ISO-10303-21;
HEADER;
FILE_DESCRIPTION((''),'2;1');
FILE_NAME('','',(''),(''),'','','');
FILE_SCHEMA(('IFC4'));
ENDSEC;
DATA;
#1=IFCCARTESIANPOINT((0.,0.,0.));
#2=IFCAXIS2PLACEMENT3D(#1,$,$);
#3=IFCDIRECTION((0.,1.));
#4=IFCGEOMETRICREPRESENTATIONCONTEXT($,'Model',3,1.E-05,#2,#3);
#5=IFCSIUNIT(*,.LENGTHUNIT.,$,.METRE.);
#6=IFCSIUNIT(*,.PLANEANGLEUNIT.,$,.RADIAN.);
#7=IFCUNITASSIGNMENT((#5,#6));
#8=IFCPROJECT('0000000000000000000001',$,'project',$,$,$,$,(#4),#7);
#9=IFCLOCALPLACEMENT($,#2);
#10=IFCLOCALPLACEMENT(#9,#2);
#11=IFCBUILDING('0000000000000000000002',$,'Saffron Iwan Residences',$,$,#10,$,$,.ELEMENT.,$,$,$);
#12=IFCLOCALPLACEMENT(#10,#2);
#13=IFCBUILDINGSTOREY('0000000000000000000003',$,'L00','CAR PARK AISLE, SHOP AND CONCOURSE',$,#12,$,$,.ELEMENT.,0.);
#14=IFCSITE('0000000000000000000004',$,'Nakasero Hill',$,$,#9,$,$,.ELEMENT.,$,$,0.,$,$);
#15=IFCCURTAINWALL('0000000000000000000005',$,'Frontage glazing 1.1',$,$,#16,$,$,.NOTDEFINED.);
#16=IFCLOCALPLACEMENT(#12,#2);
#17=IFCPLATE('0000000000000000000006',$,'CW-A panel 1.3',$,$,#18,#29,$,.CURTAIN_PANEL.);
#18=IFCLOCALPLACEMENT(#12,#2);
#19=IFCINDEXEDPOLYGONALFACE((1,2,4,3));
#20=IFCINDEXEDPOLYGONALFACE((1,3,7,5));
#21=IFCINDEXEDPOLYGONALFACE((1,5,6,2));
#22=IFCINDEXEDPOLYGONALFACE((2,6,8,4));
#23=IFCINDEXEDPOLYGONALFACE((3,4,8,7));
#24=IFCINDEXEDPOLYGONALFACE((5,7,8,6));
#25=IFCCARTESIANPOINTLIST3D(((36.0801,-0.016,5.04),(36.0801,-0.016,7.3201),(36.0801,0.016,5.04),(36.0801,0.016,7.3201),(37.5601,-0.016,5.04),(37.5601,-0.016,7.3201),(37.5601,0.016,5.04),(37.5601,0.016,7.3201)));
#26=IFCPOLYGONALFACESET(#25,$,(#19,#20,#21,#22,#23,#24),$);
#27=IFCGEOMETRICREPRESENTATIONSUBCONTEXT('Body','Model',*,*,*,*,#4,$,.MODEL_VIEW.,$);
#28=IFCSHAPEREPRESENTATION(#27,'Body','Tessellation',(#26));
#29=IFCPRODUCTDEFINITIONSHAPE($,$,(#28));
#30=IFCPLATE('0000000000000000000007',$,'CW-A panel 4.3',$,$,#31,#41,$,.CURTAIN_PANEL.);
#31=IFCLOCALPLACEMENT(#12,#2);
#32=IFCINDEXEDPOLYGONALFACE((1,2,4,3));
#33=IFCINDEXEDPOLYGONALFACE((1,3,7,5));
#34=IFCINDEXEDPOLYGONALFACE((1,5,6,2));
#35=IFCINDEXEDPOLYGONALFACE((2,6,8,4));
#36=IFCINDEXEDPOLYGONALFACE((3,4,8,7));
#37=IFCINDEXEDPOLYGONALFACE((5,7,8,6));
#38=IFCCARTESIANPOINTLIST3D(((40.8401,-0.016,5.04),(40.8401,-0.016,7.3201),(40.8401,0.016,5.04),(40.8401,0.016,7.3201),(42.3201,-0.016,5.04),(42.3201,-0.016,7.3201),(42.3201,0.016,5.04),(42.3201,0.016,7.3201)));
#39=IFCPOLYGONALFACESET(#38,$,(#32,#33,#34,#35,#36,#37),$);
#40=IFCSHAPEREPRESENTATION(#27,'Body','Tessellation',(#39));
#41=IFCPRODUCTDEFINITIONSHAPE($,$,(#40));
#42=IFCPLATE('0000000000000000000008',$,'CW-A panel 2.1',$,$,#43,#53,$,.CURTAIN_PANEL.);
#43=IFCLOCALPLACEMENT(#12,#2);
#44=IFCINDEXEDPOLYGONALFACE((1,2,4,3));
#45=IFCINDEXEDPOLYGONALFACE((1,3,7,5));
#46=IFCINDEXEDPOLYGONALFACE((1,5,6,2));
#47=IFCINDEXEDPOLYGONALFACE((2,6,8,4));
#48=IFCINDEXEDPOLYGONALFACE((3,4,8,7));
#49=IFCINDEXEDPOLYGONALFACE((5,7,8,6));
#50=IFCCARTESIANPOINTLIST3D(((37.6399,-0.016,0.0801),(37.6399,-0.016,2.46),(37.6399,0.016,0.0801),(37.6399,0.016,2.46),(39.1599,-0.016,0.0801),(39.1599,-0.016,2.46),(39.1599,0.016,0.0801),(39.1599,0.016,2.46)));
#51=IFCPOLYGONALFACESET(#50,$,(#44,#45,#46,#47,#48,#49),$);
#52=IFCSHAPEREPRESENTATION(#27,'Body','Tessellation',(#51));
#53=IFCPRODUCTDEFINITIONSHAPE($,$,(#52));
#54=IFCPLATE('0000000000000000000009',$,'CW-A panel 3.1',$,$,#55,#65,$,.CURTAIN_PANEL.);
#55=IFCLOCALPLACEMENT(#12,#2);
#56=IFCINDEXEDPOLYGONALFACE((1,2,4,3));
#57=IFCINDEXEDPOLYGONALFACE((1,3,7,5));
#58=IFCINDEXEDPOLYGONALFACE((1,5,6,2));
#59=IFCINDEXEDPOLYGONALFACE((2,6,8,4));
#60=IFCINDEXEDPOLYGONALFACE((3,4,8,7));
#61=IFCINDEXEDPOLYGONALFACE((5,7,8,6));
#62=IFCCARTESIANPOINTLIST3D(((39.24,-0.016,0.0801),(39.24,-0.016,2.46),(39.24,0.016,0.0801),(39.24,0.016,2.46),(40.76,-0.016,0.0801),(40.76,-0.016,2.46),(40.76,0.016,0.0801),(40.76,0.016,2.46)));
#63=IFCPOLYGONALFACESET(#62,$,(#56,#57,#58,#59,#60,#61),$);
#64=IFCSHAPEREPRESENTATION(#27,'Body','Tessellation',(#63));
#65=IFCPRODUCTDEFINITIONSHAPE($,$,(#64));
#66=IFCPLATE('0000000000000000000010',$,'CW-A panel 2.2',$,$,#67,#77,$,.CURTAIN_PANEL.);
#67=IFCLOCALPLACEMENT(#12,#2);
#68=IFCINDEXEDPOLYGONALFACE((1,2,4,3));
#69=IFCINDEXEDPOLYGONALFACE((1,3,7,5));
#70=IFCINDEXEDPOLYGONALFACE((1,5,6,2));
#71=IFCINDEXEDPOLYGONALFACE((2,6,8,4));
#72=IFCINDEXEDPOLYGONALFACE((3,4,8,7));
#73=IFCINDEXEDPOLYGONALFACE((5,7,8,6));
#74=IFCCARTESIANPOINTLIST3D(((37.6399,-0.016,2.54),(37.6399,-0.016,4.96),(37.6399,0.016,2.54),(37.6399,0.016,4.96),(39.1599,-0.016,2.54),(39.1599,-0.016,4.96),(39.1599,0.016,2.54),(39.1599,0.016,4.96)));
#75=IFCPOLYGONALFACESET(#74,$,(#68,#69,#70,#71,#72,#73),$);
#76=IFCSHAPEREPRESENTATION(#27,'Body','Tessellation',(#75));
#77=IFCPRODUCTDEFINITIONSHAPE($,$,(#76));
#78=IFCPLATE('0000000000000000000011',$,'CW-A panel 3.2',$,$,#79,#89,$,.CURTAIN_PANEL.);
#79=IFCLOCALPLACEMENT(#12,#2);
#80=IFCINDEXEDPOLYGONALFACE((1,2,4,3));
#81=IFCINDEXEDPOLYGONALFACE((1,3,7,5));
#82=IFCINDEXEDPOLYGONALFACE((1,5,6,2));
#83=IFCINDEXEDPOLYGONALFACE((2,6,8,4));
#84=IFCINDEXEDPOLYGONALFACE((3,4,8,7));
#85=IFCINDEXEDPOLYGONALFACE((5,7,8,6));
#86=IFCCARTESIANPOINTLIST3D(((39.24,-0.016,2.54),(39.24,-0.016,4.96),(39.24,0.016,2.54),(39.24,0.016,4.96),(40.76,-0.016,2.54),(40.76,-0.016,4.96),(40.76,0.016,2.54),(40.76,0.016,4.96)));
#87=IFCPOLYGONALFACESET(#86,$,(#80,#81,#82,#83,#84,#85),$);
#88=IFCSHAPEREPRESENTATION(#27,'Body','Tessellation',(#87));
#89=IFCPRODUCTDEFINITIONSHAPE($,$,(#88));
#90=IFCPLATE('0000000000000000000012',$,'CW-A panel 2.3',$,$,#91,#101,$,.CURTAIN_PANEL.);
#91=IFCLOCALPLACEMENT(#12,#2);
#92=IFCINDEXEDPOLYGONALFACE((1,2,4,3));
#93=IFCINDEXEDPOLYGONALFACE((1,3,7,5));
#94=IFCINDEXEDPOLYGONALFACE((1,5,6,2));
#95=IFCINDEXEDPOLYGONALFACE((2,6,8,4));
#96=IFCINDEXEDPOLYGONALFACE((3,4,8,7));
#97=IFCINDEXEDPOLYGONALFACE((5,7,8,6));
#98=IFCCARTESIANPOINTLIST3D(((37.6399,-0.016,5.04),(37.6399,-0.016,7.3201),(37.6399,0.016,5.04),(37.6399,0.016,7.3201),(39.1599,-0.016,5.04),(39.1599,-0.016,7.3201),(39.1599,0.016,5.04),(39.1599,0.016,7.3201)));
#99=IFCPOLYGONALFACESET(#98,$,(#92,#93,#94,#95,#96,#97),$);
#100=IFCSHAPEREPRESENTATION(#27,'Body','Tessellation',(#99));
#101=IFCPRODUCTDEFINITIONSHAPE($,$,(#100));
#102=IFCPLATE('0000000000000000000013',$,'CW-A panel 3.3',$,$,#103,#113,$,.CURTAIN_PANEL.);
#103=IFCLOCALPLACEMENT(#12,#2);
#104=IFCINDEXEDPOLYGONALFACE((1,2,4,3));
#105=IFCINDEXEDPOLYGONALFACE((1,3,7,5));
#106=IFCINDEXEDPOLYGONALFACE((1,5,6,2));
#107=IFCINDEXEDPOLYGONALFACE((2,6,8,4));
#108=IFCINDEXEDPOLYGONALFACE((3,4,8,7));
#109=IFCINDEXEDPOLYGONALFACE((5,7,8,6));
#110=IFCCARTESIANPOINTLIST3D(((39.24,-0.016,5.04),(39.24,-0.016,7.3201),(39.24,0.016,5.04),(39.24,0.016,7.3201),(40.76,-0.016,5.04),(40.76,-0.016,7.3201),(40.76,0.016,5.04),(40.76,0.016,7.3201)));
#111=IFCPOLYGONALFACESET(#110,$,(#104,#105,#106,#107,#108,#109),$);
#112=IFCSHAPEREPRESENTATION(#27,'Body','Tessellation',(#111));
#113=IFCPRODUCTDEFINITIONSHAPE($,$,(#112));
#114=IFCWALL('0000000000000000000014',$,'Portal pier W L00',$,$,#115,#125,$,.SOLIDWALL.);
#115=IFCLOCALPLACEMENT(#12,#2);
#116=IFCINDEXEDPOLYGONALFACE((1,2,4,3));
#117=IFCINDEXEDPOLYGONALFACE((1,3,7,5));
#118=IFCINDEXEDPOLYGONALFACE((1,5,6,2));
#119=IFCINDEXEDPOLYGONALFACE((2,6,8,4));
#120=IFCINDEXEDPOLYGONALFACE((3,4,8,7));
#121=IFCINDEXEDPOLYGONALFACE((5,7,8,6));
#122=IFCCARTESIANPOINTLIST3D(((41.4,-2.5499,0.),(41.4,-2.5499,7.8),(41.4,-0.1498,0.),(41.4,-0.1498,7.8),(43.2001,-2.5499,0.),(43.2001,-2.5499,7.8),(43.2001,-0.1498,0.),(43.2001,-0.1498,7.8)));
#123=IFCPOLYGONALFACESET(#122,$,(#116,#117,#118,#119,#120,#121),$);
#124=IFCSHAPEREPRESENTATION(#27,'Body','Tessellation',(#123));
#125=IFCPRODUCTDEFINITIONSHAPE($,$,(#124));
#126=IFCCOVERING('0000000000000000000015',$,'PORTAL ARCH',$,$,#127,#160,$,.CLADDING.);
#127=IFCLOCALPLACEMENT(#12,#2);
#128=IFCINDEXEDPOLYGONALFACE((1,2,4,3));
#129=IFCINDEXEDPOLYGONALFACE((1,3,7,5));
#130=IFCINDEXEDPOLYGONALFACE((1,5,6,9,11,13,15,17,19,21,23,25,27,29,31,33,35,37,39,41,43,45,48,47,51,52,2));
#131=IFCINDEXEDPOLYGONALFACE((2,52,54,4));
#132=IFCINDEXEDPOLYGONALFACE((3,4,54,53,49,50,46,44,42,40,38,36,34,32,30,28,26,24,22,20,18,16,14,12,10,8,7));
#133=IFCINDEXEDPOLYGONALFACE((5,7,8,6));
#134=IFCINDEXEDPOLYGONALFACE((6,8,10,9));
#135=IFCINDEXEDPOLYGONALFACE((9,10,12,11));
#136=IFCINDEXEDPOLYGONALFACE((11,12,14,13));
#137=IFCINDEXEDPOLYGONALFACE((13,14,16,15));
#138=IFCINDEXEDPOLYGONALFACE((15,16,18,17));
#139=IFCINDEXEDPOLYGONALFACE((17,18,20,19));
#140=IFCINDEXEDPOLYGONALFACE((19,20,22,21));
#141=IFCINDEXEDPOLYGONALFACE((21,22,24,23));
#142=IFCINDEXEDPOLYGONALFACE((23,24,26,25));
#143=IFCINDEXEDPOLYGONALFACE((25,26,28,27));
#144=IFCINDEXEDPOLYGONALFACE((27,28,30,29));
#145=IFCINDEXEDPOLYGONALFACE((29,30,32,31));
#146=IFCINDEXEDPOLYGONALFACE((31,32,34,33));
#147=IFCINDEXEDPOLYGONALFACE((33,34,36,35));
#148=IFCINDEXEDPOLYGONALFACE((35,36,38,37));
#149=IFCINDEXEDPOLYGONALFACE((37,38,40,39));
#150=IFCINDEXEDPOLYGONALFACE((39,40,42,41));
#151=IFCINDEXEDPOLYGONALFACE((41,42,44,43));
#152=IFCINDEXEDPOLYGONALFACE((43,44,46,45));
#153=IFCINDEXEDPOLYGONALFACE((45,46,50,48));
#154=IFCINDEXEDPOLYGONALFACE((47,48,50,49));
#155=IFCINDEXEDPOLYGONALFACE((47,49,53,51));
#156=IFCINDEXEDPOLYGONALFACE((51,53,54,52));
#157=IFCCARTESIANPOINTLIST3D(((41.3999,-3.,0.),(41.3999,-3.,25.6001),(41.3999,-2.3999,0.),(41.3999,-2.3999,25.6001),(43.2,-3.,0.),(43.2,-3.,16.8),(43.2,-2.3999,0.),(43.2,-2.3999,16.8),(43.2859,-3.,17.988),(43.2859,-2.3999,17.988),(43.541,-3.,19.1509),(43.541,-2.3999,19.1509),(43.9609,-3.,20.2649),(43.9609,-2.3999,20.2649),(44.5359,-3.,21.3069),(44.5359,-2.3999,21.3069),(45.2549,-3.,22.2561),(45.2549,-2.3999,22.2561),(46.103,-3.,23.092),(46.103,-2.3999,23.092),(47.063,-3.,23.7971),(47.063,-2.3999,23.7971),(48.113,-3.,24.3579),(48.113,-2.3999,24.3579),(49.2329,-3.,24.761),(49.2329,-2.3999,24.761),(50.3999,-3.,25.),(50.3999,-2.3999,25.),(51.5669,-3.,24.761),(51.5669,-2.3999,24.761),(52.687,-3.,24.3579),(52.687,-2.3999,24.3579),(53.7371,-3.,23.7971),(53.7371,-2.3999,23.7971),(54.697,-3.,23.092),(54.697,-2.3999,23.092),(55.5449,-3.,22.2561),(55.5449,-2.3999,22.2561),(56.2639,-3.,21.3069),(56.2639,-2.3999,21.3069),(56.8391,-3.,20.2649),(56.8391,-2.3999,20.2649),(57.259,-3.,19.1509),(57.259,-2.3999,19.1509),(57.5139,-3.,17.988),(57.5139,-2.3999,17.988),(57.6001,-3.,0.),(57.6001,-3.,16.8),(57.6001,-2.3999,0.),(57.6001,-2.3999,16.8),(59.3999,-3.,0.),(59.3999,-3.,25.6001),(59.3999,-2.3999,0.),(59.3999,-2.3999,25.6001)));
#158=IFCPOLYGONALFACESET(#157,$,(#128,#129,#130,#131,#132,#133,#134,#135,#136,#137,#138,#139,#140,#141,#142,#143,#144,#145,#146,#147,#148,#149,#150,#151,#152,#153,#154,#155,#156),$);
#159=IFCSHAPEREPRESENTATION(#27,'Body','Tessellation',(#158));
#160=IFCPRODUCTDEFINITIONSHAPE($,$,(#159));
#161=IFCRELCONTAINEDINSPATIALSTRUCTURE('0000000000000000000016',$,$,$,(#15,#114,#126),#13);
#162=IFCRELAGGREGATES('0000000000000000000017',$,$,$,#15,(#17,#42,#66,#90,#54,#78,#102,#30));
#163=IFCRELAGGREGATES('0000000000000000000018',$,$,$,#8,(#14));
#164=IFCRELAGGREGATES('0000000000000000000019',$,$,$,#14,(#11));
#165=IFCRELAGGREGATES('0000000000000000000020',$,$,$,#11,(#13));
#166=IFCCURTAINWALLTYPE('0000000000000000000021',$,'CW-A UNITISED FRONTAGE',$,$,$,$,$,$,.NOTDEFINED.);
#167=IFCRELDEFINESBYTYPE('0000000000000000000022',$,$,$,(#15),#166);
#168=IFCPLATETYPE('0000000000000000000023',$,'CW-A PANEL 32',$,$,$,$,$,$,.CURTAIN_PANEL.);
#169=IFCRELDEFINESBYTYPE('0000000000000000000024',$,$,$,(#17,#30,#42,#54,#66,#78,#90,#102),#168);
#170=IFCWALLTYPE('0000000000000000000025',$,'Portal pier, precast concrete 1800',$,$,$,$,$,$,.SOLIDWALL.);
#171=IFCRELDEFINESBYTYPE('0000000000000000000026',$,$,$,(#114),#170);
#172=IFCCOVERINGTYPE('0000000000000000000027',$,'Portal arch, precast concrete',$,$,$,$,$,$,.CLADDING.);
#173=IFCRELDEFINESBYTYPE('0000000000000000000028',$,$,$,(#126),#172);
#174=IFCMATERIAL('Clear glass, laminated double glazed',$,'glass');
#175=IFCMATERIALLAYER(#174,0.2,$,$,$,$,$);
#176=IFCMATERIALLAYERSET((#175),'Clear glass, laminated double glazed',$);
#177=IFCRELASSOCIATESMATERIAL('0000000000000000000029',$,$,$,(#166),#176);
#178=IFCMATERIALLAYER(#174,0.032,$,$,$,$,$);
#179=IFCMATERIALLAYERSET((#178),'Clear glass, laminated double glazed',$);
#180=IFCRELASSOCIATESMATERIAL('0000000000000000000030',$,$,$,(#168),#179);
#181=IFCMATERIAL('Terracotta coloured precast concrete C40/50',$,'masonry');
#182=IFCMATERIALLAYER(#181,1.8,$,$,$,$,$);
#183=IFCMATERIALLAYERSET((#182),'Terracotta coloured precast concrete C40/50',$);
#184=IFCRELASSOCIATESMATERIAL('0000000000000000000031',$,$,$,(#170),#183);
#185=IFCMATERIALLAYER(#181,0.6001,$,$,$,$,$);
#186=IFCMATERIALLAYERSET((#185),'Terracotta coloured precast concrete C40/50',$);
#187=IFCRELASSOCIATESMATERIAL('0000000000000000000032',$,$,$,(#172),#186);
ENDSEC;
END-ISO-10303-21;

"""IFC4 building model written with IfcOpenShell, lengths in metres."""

from ifc_helpers import new_model, si_unit, direction, frame, frame_2d, origin, origin_2d, place, context, subcontext, project, spatial, polyline, rectangle, outline, extrude, source, transform, mapped, material, layer, layer_set, type_object, element, aggregate, save


model = new_model("IFC4")

# Units and contexts
model_context = context("Model", 3, precision=1e-05, world=origin(), true_north=direction((0.0, 1.0)))
body_context = subcontext(model_context, "Body", "Model", "MODEL_VIEW")
ifc_project = project(units=[si_unit("LENGTHUNIT", "METRE"), si_unit("PLANEANGLEUNIT", "RADIAN")], contexts=[model_context])

# Site, building, storey
site_placement = place(None, origin())
site = spatial("IfcSite", under=ifc_project, at=site_placement, Name="Nakasero Hill", CompositionType="ELEMENT", RefElevation=0.0)
building_placement = place(site_placement, origin())
building = spatial("IfcBuilding", under=site, at=building_placement, Name="Saffron Iwan Residences", CompositionType="ELEMENT")
storey_placement = place(building_placement, origin())
storey = spatial("IfcBuildingStorey", under=building, at=storey_placement, Name="L00", Description="CAR PARK AISLE, SHOP AND CONCOURSE", CompositionType="ELEMENT", Elevation=0.0)

# Curtain wall, plates
ifc_material_1 = material(Name="Clear glass, laminated double glazed", Category="glass")
ifc_layer_1 = layer(ifc_material_1, 0.2)
ifc_layer_set_1 = layer_set([ifc_layer_1], Name="Clear glass, laminated double glazed")
curtain_wall_type = type_object("IfcCurtainWallType", Name="CW-A UNITISED FRONTAGE", PredefinedType="NOTDEFINED", material=ifc_layer_set_1)
curtain_wall_placement = place(storey_placement, origin())
curtain_wall = element("IfcCurtainWall", 1, at=curtain_wall_placement, inside=storey, type_object=curtain_wall_type, Name="Frontage glazing 1.1", PredefinedType="NOTDEFINED")
ifc_layer_2 = layer(ifc_material_1, 0.032)
ifc_layer_set_2 = layer_set([ifc_layer_2], Name="Clear glass, laminated double glazed")
plate_type = type_object("IfcPlateType", Name="CW-A PANEL 32", PredefinedType="CURTAIN_PANEL", material=ifc_layer_set_2)
shared_shape_1 = source(origin(), body_context, "Body", "SweptSolid", [
    extrude(rectangle(XDim=1.48, YDim=0.032, at=origin_2d()), origin(), (0.0, 0.0, 1.0), 2.28),
])
plate_1_placement = place(storey_placement, frame((36.8201, 0.0, 5.04), z_axis=(0.0, 0.0, 1.0), x_axis=(1.0, 0.0, 0.0)))
plate_1 = element("IfcPlate", 2, at=plate_1_placement, type_object=plate_type, Name="CW-A panel 1.3", PredefinedType="CURTAIN_PANEL", context=body_context, shape_type="MappedRepresentation", body=[
    mapped(shared_shape_1, transform((0.0, 0.0, 0.0))),
])
plate_2_placement = place(storey_placement, frame((41.5801, 0.0, 5.04), z_axis=(0.0, 0.0, 1.0), x_axis=(1.0, 0.0, 0.0)))
plate_2 = element("IfcPlate", 3, at=plate_2_placement, type_object=plate_type, Name="CW-A panel 4.3", PredefinedType="CURTAIN_PANEL", context=body_context, shape_type="MappedRepresentation", body=[
    mapped(shared_shape_1, transform((0.0, 0.0, 0.0))),
])
shared_shape_2 = source(origin(), body_context, "Body", "SweptSolid", [
    extrude(rectangle(XDim=1.52, YDim=0.032, at=origin_2d()), origin(), (0.0, 0.0, 1.0), 2.3799),
])
plate_3_placement = place(storey_placement, frame((38.3999, 0.0, 0.0801), z_axis=(0.0, 0.0, 1.0), x_axis=(1.0, 0.0, 0.0)))
plate_3 = element("IfcPlate", 4, at=plate_3_placement, type_object=plate_type, Name="CW-A panel 2.1", PredefinedType="CURTAIN_PANEL", context=body_context, shape_type="MappedRepresentation", body=[
    mapped(shared_shape_2, transform((0.0, 0.0, 0.0))),
])
plate_4_placement = place(storey_placement, frame((40.0, 0.0, 0.0801), z_axis=(0.0, 0.0, 1.0), x_axis=(1.0, 0.0, 0.0)))
plate_4 = element("IfcPlate", 5, at=plate_4_placement, type_object=plate_type, Name="CW-A panel 3.1", PredefinedType="CURTAIN_PANEL", context=body_context, shape_type="MappedRepresentation", body=[
    mapped(shared_shape_2, transform((0.0, 0.0, 0.0))),
])
shared_shape_3 = source(origin(), body_context, "Body", "SweptSolid", [
    extrude(rectangle(XDim=1.52, YDim=0.032, at=origin_2d()), origin(), (0.0, 0.0, 1.0), 2.4199),
])
plate_5_placement = place(storey_placement, frame((38.3999, 0.0, 2.54), z_axis=(0.0, 0.0, 1.0), x_axis=(1.0, 0.0, 0.0)))
plate_5 = element("IfcPlate", 6, at=plate_5_placement, type_object=plate_type, Name="CW-A panel 2.2", PredefinedType="CURTAIN_PANEL", context=body_context, shape_type="MappedRepresentation", body=[
    mapped(shared_shape_3, transform((0.0, 0.0, 0.0))),
])
plate_6_placement = place(storey_placement, frame((40.0, 0.0, 2.54), z_axis=(0.0, 0.0, 1.0), x_axis=(1.0, 0.0, 0.0)))
plate_6 = element("IfcPlate", 7, at=plate_6_placement, type_object=plate_type, Name="CW-A panel 3.2", PredefinedType="CURTAIN_PANEL", context=body_context, shape_type="MappedRepresentation", body=[
    mapped(shared_shape_3, transform((0.0, 0.0, 0.0))),
])
shared_shape_4 = source(origin(), body_context, "Body", "SweptSolid", [
    extrude(rectangle(XDim=1.52, YDim=0.032, at=origin_2d()), origin(), (0.0, 0.0, 1.0), 2.28),
])
plate_7_placement = place(storey_placement, frame((38.3999, 0.0, 5.04), z_axis=(0.0, 0.0, 1.0), x_axis=(1.0, 0.0, 0.0)))
plate_7 = element("IfcPlate", 8, at=plate_7_placement, type_object=plate_type, Name="CW-A panel 2.3", PredefinedType="CURTAIN_PANEL", context=body_context, shape_type="MappedRepresentation", body=[
    mapped(shared_shape_4, transform((0.0, 0.0, 0.0))),
])
plate_8_placement = place(storey_placement, frame((40.0, 0.0, 5.04), z_axis=(0.0, 0.0, 1.0), x_axis=(1.0, 0.0, 0.0)))
plate_8 = element("IfcPlate", 9, at=plate_8_placement, type_object=plate_type, Name="CW-A panel 3.3", PredefinedType="CURTAIN_PANEL", context=body_context, shape_type="MappedRepresentation", body=[
    mapped(shared_shape_4, transform((0.0, 0.0, 0.0))),
])
aggregate(curtain_wall, [plate_1, plate_3, plate_5, plate_7, plate_4, plate_6, plate_8, plate_2])

# Wall
ifc_material_2 = material(Name="Terracotta coloured precast concrete C40/50", Category="masonry")
ifc_layer_3 = layer(ifc_material_2, 1.8)
ifc_layer_set_3 = layer_set([ifc_layer_3], Name="Terracotta coloured precast concrete C40/50")
wall_type = type_object("IfcWallType", Name="Portal pier, precast concrete 1800", PredefinedType="SOLIDWALL", material=ifc_layer_set_3)
wall_placement = place(storey_placement, frame((42.3, -2.55, 0.0), z_axis=(0.0, 0.0, 1.0), x_axis=(0.0, 1.0, 0.0)))
element("IfcWall", 10, at=wall_placement, inside=storey, type_object=wall_type, Name="Portal pier W L00", PredefinedType="SOLIDWALL", context=body_context, shape_type="SweptSolid", body=[
    extrude(rectangle(XDim=2.4001, YDim=1.8, at=frame_2d((1.2002, 0.0))), origin(), (0.0, 0.0, 1.0), 7.8),
])

# Covering
ifc_layer_4 = layer(ifc_material_2, 0.6001)
ifc_layer_set_4 = layer_set([ifc_layer_4], Name="Terracotta coloured precast concrete C40/50")
covering_type = type_object("IfcCoveringType", Name="Portal arch, precast concrete", PredefinedType="CLADDING", material=ifc_layer_set_4)
covering_placement = place(storey_placement, frame((41.3999, -2.3999, 0.0), z_axis=(0.0, 1.0, 0.0), x_axis=(0.0, 0.0, 1.0)))
element("IfcCovering", 11, at=covering_placement, inside=storey, type_object=covering_type, Name="PORTAL ARCH", PredefinedType="CLADDING", context=body_context, shape_type="SweptSolid", body=[
    extrude(outline(polyline([(0.0, 0.0), (25.6001, 0.0), (25.6001, 18.0), (0.0, 18.0), (0.0, 16.2002), (16.8, 16.2002), (17.988, 16.114), (19.1509, 15.8591), (20.2649, 15.4392), (21.3069, 14.864), (22.2561, 14.145), (23.092, 13.2971), (23.7971, 12.3372), (24.3579, 11.2871), (24.761, 10.167), (25.0, 9.0), (24.761, 7.833), (24.3579, 6.7131), (23.7971, 5.6631), (23.092, 4.7031), (22.2561, 3.855), (21.3069, 3.136), (20.2649, 2.561), (19.1509, 2.1411), (17.988, 1.886), (16.8, 1.8), (0.0, 1.8), (0.0, 0.0)])), origin(), (0.0, 0.0, -1.0), 0.6001),
])

save(model, "model.ifc")
